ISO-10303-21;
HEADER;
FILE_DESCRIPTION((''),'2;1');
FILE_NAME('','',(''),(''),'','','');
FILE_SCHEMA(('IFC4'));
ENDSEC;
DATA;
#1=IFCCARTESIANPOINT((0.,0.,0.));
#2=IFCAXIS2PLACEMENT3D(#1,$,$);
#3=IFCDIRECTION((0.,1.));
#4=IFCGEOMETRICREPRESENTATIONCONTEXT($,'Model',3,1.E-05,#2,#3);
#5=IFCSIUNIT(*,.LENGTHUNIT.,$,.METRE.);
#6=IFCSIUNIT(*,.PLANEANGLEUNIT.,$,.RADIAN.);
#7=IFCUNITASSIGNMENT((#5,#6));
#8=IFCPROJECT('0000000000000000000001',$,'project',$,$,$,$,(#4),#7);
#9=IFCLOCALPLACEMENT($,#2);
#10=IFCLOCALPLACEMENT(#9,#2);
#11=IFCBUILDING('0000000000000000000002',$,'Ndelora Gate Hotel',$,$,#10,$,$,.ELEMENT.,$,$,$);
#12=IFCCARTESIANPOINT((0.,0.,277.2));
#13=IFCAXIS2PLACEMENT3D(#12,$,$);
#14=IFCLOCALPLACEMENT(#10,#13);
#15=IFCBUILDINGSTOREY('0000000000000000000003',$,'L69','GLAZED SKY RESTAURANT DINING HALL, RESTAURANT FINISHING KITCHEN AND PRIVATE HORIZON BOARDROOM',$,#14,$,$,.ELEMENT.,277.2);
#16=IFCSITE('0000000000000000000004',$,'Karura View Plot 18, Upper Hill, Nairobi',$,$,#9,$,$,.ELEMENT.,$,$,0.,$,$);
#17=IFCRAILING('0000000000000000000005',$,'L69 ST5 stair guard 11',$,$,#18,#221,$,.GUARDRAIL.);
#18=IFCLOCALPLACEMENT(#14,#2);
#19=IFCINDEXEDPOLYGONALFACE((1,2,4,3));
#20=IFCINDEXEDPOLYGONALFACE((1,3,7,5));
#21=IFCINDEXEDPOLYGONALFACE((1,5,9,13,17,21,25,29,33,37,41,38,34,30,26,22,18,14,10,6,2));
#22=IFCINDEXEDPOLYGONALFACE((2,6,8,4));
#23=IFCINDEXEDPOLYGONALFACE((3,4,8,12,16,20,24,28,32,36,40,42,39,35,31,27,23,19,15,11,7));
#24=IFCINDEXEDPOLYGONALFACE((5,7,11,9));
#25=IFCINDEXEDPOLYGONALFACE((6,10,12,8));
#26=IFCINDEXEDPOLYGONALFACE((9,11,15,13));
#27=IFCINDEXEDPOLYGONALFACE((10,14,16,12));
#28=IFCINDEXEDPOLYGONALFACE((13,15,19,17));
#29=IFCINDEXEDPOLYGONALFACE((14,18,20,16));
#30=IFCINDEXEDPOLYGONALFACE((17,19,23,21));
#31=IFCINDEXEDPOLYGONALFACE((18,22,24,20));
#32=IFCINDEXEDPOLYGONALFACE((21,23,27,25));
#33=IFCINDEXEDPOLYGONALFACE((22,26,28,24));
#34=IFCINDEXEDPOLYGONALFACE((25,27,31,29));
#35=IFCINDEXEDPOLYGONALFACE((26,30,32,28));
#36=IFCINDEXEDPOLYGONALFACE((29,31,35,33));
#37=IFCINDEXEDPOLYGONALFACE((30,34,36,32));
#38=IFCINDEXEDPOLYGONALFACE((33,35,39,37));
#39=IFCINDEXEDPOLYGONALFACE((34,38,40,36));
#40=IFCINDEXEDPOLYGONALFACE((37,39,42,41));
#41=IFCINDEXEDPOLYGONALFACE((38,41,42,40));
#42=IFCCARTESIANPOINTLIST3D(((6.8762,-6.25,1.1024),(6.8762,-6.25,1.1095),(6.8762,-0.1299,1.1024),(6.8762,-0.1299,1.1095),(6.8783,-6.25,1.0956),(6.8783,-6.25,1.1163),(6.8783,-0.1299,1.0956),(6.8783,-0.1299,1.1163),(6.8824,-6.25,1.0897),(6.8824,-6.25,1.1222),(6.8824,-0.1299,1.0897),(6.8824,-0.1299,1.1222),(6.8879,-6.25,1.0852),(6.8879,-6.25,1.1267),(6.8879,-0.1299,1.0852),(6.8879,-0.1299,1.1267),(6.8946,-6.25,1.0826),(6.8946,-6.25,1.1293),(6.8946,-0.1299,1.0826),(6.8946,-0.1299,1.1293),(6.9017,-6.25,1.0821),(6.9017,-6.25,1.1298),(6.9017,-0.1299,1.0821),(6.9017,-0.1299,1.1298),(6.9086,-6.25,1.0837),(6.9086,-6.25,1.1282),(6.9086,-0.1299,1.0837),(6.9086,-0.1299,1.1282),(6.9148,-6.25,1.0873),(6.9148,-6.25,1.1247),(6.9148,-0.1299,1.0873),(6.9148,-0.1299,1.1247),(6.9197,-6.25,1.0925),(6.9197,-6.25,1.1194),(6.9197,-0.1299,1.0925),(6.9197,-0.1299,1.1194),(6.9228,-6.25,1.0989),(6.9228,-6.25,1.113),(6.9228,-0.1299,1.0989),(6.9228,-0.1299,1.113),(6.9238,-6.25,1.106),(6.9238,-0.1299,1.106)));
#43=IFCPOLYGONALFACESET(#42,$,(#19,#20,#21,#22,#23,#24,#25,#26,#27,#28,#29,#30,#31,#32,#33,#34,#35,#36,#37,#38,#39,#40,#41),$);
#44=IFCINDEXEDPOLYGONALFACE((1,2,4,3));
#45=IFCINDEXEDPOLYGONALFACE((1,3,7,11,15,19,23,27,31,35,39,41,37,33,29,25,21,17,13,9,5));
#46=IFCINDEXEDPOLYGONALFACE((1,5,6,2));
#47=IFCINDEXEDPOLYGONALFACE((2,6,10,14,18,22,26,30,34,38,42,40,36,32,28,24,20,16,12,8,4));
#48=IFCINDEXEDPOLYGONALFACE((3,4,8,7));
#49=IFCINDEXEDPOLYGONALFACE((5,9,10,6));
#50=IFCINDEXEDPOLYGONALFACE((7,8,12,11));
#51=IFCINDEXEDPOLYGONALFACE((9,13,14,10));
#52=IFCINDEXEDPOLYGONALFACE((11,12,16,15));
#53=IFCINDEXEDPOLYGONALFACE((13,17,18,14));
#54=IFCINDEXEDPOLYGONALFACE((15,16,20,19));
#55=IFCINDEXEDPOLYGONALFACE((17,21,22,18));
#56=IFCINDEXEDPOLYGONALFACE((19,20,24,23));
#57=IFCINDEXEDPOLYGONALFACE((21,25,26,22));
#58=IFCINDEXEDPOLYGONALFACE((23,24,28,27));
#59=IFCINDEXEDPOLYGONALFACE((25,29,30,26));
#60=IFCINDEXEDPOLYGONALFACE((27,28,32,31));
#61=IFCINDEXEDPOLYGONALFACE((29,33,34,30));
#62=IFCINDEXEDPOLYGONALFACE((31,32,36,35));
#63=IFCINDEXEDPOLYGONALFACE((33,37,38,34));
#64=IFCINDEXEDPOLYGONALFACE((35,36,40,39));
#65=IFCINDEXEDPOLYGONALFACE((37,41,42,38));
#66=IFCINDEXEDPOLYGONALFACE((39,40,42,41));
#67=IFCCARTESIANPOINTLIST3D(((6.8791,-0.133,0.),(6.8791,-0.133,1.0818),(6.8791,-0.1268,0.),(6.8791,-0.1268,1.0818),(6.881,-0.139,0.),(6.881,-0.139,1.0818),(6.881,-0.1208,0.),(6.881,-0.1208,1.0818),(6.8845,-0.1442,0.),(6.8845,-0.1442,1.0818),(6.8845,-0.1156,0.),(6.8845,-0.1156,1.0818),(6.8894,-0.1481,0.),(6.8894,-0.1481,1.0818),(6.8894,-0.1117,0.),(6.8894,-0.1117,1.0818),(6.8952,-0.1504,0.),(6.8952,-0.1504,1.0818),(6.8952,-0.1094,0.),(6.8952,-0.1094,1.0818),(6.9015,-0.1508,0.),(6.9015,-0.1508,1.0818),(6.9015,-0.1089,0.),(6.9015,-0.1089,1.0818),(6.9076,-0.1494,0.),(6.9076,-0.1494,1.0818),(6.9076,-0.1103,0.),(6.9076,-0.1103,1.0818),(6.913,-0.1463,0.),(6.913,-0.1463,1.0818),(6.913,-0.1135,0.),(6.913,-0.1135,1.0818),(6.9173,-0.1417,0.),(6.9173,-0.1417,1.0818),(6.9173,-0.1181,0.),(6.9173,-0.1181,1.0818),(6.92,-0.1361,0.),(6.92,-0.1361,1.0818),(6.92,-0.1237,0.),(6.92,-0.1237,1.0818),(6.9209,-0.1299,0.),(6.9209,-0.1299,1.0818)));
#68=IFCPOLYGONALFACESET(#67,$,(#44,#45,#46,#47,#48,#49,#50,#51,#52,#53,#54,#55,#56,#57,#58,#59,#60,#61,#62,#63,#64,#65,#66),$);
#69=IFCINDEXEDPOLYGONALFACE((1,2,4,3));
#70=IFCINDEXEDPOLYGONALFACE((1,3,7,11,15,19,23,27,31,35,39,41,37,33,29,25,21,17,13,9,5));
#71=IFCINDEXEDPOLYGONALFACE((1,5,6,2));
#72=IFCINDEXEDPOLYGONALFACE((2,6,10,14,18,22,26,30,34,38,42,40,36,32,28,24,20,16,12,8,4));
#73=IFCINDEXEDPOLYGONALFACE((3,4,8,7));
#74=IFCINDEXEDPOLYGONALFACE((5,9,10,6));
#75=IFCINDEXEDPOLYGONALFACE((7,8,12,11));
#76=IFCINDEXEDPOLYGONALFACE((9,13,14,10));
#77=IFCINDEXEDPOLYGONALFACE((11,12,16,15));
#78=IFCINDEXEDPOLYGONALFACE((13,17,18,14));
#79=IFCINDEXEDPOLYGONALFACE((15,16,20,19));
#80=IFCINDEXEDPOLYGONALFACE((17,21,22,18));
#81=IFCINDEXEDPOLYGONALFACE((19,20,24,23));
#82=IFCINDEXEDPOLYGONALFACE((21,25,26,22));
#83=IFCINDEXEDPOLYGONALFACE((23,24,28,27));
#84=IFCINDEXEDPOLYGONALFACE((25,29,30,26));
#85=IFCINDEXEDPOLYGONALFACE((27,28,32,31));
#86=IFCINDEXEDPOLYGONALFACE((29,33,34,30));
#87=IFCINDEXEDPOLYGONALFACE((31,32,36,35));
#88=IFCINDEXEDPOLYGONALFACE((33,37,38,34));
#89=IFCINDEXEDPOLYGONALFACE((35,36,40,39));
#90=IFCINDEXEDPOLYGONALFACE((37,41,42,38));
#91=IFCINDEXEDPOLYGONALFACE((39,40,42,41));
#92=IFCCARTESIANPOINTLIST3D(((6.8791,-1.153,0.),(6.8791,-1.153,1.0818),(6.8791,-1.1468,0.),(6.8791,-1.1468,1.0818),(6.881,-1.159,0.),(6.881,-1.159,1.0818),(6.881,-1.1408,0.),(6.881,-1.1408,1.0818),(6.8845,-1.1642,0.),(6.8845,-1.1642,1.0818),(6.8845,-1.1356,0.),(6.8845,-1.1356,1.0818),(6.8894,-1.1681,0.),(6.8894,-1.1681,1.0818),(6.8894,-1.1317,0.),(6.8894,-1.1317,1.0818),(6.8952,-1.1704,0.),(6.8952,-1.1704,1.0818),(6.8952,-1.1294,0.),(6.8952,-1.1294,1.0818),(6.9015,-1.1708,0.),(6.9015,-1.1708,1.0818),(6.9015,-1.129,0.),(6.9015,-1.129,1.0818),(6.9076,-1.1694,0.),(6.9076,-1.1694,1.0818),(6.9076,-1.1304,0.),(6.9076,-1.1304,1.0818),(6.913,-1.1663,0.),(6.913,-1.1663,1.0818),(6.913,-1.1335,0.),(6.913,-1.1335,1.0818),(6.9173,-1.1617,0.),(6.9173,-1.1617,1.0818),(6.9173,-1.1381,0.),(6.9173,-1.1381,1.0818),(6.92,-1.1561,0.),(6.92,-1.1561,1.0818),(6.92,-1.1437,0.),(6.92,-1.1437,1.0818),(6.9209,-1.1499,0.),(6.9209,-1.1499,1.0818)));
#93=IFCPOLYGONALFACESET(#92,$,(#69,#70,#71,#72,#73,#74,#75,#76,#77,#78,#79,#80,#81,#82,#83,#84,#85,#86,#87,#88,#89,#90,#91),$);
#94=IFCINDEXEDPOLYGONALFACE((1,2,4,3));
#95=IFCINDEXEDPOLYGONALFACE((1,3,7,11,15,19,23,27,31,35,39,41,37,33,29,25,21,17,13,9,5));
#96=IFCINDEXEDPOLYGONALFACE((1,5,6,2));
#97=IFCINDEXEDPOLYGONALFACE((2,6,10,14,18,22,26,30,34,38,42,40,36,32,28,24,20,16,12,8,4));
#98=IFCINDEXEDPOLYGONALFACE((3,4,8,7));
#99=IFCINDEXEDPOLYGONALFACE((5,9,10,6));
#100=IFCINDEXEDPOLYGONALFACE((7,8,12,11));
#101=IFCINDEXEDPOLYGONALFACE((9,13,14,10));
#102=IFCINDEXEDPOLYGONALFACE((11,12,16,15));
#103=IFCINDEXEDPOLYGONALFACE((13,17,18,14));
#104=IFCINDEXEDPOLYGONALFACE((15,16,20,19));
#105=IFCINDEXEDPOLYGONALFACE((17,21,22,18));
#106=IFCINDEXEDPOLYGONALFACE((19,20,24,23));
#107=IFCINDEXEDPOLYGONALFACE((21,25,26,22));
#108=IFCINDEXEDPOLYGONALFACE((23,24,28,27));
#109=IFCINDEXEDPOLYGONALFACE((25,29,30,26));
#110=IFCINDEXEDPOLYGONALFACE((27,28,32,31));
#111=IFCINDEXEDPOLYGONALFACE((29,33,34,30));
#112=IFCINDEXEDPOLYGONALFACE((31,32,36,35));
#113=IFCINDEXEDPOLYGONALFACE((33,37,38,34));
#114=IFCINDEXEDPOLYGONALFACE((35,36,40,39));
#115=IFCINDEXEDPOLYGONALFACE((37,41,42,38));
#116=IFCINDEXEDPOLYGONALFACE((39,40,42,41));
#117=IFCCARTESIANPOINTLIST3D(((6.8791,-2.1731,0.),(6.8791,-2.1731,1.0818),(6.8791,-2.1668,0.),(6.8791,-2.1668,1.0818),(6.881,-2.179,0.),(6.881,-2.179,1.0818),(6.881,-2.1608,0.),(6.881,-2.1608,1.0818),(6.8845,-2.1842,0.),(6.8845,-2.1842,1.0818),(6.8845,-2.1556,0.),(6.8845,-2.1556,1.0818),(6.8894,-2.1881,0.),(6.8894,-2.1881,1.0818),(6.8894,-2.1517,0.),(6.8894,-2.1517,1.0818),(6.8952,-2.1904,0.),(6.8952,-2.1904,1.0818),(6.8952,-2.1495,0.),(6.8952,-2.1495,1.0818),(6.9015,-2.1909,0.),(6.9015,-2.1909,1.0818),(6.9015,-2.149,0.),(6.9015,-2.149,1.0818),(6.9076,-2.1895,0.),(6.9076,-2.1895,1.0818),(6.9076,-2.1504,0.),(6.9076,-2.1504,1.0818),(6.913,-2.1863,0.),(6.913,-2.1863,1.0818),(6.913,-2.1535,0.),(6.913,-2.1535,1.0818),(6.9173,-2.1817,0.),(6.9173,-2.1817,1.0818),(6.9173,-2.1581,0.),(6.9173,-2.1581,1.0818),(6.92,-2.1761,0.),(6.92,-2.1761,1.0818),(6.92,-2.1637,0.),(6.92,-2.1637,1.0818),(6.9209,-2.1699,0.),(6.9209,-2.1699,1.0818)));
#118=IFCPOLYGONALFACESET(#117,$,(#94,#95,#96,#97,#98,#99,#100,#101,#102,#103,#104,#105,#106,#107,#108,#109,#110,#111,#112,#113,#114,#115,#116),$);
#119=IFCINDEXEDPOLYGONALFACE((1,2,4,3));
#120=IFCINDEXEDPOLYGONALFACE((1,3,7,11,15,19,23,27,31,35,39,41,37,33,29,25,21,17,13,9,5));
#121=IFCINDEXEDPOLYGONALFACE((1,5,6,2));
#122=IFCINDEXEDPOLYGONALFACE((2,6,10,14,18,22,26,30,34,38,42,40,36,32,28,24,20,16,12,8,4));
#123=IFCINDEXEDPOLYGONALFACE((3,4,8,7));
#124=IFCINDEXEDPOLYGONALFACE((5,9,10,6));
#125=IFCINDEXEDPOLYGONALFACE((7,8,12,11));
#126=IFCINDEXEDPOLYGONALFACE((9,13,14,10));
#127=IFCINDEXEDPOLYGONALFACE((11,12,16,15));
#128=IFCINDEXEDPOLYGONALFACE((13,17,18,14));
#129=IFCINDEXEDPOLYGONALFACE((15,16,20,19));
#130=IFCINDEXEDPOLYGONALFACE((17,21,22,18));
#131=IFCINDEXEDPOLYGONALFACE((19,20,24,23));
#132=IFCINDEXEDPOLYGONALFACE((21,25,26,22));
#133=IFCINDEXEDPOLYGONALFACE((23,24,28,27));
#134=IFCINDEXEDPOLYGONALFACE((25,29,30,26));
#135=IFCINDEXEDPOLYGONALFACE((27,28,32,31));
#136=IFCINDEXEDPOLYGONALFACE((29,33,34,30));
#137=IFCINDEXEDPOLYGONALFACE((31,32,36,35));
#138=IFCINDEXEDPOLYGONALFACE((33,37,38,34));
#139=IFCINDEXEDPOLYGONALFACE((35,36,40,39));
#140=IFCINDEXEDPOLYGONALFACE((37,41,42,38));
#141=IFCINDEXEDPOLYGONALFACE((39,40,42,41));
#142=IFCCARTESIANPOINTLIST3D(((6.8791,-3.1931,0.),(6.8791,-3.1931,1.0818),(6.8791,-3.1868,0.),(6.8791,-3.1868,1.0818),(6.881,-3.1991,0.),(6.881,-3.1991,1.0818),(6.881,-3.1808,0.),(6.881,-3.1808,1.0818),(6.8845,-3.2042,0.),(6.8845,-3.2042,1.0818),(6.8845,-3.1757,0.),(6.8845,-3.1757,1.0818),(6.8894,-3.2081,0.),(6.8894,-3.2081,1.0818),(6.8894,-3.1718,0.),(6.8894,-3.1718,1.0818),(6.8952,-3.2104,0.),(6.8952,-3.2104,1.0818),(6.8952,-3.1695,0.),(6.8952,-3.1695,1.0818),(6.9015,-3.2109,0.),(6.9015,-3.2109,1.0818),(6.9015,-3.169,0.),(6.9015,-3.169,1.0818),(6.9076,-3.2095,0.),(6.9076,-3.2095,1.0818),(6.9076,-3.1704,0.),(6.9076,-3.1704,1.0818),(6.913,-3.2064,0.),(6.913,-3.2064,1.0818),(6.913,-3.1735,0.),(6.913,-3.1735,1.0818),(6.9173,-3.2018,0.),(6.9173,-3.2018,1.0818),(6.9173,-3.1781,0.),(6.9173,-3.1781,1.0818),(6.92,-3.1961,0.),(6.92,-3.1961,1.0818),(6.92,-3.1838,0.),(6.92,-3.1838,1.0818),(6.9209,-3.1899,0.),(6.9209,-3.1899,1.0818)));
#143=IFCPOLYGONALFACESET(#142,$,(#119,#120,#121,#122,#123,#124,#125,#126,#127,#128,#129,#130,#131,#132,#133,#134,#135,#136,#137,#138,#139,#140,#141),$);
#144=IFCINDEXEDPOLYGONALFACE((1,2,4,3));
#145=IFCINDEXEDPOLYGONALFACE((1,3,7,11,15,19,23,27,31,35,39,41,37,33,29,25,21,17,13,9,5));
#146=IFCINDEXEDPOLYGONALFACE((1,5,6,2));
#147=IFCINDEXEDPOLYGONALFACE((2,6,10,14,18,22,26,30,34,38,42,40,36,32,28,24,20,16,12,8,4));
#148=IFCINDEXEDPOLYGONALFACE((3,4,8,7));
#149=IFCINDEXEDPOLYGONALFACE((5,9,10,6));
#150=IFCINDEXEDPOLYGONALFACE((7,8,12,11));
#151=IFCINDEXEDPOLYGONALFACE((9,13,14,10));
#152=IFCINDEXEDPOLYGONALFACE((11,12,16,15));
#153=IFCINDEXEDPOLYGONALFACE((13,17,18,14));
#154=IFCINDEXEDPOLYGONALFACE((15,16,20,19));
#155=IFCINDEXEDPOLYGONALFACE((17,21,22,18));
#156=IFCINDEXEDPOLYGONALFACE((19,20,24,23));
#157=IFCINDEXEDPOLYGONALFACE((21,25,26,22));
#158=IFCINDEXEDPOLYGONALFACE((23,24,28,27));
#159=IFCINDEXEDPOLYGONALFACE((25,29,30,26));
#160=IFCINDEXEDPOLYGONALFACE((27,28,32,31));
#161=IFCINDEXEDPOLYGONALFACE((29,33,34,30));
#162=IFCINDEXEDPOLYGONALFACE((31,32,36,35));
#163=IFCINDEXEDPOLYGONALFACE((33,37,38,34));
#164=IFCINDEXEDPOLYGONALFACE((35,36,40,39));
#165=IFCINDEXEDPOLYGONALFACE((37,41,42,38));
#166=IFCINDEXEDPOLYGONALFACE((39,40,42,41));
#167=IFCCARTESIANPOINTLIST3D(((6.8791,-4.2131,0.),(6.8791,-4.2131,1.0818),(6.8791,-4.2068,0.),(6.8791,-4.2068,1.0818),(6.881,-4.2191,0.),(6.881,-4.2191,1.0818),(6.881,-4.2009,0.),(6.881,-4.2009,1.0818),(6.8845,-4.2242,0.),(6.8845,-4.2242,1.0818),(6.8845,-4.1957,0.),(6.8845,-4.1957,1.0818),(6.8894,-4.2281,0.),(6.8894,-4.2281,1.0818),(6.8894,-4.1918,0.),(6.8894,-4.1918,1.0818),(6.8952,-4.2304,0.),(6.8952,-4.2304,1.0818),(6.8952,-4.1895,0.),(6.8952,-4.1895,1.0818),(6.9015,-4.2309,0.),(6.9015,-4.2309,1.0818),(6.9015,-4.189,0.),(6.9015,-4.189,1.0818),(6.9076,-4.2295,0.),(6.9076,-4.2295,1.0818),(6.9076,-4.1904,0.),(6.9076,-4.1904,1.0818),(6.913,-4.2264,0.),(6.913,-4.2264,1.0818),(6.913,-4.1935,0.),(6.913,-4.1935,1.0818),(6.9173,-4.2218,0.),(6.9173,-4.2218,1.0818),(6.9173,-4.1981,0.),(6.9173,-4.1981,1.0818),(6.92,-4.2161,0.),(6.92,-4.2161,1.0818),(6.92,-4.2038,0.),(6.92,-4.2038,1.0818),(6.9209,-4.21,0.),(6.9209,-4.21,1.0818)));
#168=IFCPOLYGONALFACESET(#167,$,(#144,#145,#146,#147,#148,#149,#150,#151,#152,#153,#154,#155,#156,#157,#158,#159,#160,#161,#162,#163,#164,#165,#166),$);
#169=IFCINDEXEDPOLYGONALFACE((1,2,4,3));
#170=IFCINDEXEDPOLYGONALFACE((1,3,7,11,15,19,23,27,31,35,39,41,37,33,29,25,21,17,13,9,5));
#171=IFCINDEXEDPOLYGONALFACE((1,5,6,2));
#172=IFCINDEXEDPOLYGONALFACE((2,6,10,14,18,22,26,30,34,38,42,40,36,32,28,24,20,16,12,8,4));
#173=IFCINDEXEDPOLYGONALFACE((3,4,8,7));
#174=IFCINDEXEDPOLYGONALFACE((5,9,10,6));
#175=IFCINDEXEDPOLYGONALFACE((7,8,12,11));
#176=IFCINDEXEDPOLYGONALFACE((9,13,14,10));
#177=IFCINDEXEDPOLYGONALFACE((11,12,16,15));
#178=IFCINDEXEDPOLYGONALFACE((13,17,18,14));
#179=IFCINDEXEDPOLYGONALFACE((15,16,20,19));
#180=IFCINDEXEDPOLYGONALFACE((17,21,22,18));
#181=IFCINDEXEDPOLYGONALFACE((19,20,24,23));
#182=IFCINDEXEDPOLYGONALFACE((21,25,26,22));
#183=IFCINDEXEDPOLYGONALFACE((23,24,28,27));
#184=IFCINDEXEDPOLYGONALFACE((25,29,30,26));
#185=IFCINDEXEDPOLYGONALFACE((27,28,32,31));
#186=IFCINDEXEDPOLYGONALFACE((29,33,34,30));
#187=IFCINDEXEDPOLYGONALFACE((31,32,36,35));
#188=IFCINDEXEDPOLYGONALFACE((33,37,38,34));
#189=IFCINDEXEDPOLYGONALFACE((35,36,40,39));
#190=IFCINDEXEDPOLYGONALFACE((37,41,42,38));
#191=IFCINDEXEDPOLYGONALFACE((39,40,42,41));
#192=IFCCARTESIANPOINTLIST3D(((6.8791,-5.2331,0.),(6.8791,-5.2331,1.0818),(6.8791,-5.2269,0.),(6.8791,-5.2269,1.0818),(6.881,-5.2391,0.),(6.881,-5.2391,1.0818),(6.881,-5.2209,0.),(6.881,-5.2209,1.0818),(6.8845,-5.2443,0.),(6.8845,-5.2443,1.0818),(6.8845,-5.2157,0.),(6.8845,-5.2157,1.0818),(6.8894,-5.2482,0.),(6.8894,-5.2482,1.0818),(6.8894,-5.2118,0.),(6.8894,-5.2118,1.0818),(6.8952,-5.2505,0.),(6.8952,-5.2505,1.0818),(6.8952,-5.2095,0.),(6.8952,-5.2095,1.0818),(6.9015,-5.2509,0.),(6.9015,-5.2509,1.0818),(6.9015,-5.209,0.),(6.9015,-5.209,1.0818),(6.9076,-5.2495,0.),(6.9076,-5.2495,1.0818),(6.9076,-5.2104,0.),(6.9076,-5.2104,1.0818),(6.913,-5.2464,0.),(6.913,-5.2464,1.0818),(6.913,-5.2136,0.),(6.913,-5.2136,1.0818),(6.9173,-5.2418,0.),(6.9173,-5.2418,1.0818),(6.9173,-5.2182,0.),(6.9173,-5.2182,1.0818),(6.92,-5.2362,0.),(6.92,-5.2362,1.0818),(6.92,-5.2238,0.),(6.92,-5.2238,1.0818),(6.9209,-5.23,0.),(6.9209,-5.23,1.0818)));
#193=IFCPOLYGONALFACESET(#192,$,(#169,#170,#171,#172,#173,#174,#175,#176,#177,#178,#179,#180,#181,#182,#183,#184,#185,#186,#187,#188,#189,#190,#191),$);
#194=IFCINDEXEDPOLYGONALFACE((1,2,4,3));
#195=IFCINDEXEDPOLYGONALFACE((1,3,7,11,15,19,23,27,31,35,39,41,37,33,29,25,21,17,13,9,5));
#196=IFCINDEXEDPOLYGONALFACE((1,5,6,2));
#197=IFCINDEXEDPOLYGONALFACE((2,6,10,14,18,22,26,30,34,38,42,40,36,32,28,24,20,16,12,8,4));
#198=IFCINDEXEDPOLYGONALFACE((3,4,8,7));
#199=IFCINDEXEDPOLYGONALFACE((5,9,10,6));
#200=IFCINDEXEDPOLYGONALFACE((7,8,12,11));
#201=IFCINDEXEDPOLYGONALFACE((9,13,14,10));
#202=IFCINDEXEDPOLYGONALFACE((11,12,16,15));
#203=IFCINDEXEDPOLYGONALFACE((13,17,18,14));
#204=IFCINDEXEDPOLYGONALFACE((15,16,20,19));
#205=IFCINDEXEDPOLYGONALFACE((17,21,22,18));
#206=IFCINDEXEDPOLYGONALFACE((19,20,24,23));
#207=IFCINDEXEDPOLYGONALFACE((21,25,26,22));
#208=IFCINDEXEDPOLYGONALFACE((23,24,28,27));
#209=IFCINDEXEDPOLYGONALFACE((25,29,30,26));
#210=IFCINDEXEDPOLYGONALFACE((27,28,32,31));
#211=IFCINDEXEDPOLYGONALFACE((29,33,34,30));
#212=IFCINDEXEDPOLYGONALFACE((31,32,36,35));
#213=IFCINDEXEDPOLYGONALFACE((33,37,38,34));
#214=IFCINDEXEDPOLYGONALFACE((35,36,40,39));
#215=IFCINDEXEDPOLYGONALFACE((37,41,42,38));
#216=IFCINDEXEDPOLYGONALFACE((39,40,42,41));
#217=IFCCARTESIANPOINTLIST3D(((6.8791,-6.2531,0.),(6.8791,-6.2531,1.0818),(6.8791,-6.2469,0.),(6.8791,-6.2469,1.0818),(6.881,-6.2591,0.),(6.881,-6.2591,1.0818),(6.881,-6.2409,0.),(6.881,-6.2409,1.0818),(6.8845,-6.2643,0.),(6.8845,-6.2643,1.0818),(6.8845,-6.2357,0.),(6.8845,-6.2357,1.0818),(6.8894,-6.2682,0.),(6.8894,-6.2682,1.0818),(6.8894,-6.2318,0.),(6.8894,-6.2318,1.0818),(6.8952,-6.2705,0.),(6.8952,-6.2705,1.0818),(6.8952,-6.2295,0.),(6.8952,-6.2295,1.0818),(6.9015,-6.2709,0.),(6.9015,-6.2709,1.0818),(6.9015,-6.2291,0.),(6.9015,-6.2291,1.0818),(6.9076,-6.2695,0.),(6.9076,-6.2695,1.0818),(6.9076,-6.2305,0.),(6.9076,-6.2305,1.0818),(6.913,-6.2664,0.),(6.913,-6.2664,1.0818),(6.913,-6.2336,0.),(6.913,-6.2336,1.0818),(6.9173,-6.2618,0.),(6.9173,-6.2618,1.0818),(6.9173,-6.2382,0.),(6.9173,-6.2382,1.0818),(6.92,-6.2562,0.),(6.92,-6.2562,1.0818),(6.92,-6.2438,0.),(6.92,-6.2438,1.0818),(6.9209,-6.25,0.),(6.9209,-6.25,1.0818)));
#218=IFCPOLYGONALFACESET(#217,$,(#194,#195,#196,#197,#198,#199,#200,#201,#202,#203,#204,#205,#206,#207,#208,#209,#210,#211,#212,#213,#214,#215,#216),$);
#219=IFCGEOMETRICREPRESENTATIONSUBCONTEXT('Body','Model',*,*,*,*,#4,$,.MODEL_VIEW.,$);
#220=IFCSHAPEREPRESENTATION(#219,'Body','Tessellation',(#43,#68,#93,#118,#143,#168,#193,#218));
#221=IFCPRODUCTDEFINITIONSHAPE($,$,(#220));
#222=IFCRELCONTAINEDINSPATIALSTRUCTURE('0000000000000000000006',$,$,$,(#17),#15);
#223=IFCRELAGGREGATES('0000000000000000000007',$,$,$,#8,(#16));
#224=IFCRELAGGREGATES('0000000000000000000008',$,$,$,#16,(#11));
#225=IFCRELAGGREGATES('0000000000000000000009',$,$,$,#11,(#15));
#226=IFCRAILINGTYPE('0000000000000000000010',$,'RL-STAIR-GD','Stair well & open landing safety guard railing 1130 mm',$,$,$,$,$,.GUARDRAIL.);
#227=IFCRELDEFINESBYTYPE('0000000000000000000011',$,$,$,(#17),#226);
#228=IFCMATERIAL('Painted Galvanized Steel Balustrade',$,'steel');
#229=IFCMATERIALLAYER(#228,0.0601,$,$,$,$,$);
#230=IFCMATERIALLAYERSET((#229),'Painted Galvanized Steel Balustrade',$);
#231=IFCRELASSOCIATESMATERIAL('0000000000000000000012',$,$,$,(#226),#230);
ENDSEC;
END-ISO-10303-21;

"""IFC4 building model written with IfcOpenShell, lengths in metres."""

from ifc_helpers import new_model, si_unit, direction, frame, origin, origin_2d, place, context, subcontext, project, spatial, circle, extrude, material, layer, layer_set, type_object, element, save


model = new_model("IFC4")

# Units and contexts
model_context = context("Model", 3, precision=1e-05, world=origin(), true_north=direction((0.0, 1.0)))
body_context = subcontext(model_context, "Body", "Model", "MODEL_VIEW")
ifc_project = project(units=[si_unit("LENGTHUNIT", "METRE"), si_unit("PLANEANGLEUNIT", "RADIAN")], contexts=[model_context])

# Site, building, storey
site_placement = place(None, origin())
site = spatial("IfcSite", under=ifc_project, at=site_placement, Name="Karura View Plot 18, Upper Hill, Nairobi", CompositionType="ELEMENT", RefElevation=0.0)
building_placement = place(site_placement, origin())
building = spatial("IfcBuilding", under=site, at=building_placement, Name="Ndelora Gate Hotel", CompositionType="ELEMENT")
storey_placement = place(building_placement, frame((0.0, 0.0, 277.2)))
storey = spatial("IfcBuildingStorey", under=building, at=storey_placement, Name="L69", Description="GLAZED SKY RESTAURANT DINING HALL, RESTAURANT FINISHING KITCHEN AND PRIVATE HORIZON BOARDROOM", CompositionType="ELEMENT", Elevation=277.2)

# Railing
ifc_material_1 = material(Name="Painted Galvanized Steel Balustrade", Category="steel")
ifc_layer_1 = layer(ifc_material_1, 0.0601)
ifc_layer_set_1 = layer_set([ifc_layer_1], Name="Painted Galvanized Steel Balustrade")
railing_type = type_object("IfcRailingType", Name="RL-STAIR-GD", Description="Stair well & open landing safety guard railing 1130 mm", PredefinedType="GUARDRAIL", material=ifc_layer_set_1)
railing_1_placement = place(storey_placement, frame((6.8999, -0.1299, 0.0)))
element("IfcRailing", 1, at=railing_1_placement, inside=storey, type_object=railing_type, Name="L69 ST5 stair guard 11", PredefinedType="GUARDRAIL", context=body_context, shape_type="SweptSolid", body=[
    extrude(circle(Radius=0.0239, at=origin_2d()), frame((0.0, 0.0, 1.106), z_axis=(0.0, -1.0, 0.0), x_axis=(1.0, 0.0, 0.0)), (0.0, 0.0, 1.0), 6.1201),
    extrude(circle(Radius=0.021, at=origin_2d()), origin(), (0.0, 0.0, 1.0), 1.0818),
    extrude(circle(Radius=0.021, at=origin_2d()), frame((0.0, -1.02, 0.0)), (0.0, 0.0, 1.0), 1.0818),
    extrude(circle(Radius=0.021, at=origin_2d()), frame((0.0, -2.04, 0.0)), (0.0, 0.0, 1.0), 1.0818),
    extrude(circle(Radius=0.021, at=origin_2d()), frame((0.0, -3.0601, 0.0)), (0.0, 0.0, 1.0), 1.0818),
    extrude(circle(Radius=0.021, at=origin_2d()), frame((0.0, -4.0801, 0.0)), (0.0, 0.0, 1.0), 1.0818),
    extrude(circle(Radius=0.021, at=origin_2d()), frame((0.0, -5.1001, 0.0)), (0.0, 0.0, 1.0), 1.0818),
    extrude(circle(Radius=0.021, at=origin_2d()), frame((0.0, -6.1201, 0.0)), (0.0, 0.0, 1.0), 1.0818),
])

save(model, "model.ifc")
